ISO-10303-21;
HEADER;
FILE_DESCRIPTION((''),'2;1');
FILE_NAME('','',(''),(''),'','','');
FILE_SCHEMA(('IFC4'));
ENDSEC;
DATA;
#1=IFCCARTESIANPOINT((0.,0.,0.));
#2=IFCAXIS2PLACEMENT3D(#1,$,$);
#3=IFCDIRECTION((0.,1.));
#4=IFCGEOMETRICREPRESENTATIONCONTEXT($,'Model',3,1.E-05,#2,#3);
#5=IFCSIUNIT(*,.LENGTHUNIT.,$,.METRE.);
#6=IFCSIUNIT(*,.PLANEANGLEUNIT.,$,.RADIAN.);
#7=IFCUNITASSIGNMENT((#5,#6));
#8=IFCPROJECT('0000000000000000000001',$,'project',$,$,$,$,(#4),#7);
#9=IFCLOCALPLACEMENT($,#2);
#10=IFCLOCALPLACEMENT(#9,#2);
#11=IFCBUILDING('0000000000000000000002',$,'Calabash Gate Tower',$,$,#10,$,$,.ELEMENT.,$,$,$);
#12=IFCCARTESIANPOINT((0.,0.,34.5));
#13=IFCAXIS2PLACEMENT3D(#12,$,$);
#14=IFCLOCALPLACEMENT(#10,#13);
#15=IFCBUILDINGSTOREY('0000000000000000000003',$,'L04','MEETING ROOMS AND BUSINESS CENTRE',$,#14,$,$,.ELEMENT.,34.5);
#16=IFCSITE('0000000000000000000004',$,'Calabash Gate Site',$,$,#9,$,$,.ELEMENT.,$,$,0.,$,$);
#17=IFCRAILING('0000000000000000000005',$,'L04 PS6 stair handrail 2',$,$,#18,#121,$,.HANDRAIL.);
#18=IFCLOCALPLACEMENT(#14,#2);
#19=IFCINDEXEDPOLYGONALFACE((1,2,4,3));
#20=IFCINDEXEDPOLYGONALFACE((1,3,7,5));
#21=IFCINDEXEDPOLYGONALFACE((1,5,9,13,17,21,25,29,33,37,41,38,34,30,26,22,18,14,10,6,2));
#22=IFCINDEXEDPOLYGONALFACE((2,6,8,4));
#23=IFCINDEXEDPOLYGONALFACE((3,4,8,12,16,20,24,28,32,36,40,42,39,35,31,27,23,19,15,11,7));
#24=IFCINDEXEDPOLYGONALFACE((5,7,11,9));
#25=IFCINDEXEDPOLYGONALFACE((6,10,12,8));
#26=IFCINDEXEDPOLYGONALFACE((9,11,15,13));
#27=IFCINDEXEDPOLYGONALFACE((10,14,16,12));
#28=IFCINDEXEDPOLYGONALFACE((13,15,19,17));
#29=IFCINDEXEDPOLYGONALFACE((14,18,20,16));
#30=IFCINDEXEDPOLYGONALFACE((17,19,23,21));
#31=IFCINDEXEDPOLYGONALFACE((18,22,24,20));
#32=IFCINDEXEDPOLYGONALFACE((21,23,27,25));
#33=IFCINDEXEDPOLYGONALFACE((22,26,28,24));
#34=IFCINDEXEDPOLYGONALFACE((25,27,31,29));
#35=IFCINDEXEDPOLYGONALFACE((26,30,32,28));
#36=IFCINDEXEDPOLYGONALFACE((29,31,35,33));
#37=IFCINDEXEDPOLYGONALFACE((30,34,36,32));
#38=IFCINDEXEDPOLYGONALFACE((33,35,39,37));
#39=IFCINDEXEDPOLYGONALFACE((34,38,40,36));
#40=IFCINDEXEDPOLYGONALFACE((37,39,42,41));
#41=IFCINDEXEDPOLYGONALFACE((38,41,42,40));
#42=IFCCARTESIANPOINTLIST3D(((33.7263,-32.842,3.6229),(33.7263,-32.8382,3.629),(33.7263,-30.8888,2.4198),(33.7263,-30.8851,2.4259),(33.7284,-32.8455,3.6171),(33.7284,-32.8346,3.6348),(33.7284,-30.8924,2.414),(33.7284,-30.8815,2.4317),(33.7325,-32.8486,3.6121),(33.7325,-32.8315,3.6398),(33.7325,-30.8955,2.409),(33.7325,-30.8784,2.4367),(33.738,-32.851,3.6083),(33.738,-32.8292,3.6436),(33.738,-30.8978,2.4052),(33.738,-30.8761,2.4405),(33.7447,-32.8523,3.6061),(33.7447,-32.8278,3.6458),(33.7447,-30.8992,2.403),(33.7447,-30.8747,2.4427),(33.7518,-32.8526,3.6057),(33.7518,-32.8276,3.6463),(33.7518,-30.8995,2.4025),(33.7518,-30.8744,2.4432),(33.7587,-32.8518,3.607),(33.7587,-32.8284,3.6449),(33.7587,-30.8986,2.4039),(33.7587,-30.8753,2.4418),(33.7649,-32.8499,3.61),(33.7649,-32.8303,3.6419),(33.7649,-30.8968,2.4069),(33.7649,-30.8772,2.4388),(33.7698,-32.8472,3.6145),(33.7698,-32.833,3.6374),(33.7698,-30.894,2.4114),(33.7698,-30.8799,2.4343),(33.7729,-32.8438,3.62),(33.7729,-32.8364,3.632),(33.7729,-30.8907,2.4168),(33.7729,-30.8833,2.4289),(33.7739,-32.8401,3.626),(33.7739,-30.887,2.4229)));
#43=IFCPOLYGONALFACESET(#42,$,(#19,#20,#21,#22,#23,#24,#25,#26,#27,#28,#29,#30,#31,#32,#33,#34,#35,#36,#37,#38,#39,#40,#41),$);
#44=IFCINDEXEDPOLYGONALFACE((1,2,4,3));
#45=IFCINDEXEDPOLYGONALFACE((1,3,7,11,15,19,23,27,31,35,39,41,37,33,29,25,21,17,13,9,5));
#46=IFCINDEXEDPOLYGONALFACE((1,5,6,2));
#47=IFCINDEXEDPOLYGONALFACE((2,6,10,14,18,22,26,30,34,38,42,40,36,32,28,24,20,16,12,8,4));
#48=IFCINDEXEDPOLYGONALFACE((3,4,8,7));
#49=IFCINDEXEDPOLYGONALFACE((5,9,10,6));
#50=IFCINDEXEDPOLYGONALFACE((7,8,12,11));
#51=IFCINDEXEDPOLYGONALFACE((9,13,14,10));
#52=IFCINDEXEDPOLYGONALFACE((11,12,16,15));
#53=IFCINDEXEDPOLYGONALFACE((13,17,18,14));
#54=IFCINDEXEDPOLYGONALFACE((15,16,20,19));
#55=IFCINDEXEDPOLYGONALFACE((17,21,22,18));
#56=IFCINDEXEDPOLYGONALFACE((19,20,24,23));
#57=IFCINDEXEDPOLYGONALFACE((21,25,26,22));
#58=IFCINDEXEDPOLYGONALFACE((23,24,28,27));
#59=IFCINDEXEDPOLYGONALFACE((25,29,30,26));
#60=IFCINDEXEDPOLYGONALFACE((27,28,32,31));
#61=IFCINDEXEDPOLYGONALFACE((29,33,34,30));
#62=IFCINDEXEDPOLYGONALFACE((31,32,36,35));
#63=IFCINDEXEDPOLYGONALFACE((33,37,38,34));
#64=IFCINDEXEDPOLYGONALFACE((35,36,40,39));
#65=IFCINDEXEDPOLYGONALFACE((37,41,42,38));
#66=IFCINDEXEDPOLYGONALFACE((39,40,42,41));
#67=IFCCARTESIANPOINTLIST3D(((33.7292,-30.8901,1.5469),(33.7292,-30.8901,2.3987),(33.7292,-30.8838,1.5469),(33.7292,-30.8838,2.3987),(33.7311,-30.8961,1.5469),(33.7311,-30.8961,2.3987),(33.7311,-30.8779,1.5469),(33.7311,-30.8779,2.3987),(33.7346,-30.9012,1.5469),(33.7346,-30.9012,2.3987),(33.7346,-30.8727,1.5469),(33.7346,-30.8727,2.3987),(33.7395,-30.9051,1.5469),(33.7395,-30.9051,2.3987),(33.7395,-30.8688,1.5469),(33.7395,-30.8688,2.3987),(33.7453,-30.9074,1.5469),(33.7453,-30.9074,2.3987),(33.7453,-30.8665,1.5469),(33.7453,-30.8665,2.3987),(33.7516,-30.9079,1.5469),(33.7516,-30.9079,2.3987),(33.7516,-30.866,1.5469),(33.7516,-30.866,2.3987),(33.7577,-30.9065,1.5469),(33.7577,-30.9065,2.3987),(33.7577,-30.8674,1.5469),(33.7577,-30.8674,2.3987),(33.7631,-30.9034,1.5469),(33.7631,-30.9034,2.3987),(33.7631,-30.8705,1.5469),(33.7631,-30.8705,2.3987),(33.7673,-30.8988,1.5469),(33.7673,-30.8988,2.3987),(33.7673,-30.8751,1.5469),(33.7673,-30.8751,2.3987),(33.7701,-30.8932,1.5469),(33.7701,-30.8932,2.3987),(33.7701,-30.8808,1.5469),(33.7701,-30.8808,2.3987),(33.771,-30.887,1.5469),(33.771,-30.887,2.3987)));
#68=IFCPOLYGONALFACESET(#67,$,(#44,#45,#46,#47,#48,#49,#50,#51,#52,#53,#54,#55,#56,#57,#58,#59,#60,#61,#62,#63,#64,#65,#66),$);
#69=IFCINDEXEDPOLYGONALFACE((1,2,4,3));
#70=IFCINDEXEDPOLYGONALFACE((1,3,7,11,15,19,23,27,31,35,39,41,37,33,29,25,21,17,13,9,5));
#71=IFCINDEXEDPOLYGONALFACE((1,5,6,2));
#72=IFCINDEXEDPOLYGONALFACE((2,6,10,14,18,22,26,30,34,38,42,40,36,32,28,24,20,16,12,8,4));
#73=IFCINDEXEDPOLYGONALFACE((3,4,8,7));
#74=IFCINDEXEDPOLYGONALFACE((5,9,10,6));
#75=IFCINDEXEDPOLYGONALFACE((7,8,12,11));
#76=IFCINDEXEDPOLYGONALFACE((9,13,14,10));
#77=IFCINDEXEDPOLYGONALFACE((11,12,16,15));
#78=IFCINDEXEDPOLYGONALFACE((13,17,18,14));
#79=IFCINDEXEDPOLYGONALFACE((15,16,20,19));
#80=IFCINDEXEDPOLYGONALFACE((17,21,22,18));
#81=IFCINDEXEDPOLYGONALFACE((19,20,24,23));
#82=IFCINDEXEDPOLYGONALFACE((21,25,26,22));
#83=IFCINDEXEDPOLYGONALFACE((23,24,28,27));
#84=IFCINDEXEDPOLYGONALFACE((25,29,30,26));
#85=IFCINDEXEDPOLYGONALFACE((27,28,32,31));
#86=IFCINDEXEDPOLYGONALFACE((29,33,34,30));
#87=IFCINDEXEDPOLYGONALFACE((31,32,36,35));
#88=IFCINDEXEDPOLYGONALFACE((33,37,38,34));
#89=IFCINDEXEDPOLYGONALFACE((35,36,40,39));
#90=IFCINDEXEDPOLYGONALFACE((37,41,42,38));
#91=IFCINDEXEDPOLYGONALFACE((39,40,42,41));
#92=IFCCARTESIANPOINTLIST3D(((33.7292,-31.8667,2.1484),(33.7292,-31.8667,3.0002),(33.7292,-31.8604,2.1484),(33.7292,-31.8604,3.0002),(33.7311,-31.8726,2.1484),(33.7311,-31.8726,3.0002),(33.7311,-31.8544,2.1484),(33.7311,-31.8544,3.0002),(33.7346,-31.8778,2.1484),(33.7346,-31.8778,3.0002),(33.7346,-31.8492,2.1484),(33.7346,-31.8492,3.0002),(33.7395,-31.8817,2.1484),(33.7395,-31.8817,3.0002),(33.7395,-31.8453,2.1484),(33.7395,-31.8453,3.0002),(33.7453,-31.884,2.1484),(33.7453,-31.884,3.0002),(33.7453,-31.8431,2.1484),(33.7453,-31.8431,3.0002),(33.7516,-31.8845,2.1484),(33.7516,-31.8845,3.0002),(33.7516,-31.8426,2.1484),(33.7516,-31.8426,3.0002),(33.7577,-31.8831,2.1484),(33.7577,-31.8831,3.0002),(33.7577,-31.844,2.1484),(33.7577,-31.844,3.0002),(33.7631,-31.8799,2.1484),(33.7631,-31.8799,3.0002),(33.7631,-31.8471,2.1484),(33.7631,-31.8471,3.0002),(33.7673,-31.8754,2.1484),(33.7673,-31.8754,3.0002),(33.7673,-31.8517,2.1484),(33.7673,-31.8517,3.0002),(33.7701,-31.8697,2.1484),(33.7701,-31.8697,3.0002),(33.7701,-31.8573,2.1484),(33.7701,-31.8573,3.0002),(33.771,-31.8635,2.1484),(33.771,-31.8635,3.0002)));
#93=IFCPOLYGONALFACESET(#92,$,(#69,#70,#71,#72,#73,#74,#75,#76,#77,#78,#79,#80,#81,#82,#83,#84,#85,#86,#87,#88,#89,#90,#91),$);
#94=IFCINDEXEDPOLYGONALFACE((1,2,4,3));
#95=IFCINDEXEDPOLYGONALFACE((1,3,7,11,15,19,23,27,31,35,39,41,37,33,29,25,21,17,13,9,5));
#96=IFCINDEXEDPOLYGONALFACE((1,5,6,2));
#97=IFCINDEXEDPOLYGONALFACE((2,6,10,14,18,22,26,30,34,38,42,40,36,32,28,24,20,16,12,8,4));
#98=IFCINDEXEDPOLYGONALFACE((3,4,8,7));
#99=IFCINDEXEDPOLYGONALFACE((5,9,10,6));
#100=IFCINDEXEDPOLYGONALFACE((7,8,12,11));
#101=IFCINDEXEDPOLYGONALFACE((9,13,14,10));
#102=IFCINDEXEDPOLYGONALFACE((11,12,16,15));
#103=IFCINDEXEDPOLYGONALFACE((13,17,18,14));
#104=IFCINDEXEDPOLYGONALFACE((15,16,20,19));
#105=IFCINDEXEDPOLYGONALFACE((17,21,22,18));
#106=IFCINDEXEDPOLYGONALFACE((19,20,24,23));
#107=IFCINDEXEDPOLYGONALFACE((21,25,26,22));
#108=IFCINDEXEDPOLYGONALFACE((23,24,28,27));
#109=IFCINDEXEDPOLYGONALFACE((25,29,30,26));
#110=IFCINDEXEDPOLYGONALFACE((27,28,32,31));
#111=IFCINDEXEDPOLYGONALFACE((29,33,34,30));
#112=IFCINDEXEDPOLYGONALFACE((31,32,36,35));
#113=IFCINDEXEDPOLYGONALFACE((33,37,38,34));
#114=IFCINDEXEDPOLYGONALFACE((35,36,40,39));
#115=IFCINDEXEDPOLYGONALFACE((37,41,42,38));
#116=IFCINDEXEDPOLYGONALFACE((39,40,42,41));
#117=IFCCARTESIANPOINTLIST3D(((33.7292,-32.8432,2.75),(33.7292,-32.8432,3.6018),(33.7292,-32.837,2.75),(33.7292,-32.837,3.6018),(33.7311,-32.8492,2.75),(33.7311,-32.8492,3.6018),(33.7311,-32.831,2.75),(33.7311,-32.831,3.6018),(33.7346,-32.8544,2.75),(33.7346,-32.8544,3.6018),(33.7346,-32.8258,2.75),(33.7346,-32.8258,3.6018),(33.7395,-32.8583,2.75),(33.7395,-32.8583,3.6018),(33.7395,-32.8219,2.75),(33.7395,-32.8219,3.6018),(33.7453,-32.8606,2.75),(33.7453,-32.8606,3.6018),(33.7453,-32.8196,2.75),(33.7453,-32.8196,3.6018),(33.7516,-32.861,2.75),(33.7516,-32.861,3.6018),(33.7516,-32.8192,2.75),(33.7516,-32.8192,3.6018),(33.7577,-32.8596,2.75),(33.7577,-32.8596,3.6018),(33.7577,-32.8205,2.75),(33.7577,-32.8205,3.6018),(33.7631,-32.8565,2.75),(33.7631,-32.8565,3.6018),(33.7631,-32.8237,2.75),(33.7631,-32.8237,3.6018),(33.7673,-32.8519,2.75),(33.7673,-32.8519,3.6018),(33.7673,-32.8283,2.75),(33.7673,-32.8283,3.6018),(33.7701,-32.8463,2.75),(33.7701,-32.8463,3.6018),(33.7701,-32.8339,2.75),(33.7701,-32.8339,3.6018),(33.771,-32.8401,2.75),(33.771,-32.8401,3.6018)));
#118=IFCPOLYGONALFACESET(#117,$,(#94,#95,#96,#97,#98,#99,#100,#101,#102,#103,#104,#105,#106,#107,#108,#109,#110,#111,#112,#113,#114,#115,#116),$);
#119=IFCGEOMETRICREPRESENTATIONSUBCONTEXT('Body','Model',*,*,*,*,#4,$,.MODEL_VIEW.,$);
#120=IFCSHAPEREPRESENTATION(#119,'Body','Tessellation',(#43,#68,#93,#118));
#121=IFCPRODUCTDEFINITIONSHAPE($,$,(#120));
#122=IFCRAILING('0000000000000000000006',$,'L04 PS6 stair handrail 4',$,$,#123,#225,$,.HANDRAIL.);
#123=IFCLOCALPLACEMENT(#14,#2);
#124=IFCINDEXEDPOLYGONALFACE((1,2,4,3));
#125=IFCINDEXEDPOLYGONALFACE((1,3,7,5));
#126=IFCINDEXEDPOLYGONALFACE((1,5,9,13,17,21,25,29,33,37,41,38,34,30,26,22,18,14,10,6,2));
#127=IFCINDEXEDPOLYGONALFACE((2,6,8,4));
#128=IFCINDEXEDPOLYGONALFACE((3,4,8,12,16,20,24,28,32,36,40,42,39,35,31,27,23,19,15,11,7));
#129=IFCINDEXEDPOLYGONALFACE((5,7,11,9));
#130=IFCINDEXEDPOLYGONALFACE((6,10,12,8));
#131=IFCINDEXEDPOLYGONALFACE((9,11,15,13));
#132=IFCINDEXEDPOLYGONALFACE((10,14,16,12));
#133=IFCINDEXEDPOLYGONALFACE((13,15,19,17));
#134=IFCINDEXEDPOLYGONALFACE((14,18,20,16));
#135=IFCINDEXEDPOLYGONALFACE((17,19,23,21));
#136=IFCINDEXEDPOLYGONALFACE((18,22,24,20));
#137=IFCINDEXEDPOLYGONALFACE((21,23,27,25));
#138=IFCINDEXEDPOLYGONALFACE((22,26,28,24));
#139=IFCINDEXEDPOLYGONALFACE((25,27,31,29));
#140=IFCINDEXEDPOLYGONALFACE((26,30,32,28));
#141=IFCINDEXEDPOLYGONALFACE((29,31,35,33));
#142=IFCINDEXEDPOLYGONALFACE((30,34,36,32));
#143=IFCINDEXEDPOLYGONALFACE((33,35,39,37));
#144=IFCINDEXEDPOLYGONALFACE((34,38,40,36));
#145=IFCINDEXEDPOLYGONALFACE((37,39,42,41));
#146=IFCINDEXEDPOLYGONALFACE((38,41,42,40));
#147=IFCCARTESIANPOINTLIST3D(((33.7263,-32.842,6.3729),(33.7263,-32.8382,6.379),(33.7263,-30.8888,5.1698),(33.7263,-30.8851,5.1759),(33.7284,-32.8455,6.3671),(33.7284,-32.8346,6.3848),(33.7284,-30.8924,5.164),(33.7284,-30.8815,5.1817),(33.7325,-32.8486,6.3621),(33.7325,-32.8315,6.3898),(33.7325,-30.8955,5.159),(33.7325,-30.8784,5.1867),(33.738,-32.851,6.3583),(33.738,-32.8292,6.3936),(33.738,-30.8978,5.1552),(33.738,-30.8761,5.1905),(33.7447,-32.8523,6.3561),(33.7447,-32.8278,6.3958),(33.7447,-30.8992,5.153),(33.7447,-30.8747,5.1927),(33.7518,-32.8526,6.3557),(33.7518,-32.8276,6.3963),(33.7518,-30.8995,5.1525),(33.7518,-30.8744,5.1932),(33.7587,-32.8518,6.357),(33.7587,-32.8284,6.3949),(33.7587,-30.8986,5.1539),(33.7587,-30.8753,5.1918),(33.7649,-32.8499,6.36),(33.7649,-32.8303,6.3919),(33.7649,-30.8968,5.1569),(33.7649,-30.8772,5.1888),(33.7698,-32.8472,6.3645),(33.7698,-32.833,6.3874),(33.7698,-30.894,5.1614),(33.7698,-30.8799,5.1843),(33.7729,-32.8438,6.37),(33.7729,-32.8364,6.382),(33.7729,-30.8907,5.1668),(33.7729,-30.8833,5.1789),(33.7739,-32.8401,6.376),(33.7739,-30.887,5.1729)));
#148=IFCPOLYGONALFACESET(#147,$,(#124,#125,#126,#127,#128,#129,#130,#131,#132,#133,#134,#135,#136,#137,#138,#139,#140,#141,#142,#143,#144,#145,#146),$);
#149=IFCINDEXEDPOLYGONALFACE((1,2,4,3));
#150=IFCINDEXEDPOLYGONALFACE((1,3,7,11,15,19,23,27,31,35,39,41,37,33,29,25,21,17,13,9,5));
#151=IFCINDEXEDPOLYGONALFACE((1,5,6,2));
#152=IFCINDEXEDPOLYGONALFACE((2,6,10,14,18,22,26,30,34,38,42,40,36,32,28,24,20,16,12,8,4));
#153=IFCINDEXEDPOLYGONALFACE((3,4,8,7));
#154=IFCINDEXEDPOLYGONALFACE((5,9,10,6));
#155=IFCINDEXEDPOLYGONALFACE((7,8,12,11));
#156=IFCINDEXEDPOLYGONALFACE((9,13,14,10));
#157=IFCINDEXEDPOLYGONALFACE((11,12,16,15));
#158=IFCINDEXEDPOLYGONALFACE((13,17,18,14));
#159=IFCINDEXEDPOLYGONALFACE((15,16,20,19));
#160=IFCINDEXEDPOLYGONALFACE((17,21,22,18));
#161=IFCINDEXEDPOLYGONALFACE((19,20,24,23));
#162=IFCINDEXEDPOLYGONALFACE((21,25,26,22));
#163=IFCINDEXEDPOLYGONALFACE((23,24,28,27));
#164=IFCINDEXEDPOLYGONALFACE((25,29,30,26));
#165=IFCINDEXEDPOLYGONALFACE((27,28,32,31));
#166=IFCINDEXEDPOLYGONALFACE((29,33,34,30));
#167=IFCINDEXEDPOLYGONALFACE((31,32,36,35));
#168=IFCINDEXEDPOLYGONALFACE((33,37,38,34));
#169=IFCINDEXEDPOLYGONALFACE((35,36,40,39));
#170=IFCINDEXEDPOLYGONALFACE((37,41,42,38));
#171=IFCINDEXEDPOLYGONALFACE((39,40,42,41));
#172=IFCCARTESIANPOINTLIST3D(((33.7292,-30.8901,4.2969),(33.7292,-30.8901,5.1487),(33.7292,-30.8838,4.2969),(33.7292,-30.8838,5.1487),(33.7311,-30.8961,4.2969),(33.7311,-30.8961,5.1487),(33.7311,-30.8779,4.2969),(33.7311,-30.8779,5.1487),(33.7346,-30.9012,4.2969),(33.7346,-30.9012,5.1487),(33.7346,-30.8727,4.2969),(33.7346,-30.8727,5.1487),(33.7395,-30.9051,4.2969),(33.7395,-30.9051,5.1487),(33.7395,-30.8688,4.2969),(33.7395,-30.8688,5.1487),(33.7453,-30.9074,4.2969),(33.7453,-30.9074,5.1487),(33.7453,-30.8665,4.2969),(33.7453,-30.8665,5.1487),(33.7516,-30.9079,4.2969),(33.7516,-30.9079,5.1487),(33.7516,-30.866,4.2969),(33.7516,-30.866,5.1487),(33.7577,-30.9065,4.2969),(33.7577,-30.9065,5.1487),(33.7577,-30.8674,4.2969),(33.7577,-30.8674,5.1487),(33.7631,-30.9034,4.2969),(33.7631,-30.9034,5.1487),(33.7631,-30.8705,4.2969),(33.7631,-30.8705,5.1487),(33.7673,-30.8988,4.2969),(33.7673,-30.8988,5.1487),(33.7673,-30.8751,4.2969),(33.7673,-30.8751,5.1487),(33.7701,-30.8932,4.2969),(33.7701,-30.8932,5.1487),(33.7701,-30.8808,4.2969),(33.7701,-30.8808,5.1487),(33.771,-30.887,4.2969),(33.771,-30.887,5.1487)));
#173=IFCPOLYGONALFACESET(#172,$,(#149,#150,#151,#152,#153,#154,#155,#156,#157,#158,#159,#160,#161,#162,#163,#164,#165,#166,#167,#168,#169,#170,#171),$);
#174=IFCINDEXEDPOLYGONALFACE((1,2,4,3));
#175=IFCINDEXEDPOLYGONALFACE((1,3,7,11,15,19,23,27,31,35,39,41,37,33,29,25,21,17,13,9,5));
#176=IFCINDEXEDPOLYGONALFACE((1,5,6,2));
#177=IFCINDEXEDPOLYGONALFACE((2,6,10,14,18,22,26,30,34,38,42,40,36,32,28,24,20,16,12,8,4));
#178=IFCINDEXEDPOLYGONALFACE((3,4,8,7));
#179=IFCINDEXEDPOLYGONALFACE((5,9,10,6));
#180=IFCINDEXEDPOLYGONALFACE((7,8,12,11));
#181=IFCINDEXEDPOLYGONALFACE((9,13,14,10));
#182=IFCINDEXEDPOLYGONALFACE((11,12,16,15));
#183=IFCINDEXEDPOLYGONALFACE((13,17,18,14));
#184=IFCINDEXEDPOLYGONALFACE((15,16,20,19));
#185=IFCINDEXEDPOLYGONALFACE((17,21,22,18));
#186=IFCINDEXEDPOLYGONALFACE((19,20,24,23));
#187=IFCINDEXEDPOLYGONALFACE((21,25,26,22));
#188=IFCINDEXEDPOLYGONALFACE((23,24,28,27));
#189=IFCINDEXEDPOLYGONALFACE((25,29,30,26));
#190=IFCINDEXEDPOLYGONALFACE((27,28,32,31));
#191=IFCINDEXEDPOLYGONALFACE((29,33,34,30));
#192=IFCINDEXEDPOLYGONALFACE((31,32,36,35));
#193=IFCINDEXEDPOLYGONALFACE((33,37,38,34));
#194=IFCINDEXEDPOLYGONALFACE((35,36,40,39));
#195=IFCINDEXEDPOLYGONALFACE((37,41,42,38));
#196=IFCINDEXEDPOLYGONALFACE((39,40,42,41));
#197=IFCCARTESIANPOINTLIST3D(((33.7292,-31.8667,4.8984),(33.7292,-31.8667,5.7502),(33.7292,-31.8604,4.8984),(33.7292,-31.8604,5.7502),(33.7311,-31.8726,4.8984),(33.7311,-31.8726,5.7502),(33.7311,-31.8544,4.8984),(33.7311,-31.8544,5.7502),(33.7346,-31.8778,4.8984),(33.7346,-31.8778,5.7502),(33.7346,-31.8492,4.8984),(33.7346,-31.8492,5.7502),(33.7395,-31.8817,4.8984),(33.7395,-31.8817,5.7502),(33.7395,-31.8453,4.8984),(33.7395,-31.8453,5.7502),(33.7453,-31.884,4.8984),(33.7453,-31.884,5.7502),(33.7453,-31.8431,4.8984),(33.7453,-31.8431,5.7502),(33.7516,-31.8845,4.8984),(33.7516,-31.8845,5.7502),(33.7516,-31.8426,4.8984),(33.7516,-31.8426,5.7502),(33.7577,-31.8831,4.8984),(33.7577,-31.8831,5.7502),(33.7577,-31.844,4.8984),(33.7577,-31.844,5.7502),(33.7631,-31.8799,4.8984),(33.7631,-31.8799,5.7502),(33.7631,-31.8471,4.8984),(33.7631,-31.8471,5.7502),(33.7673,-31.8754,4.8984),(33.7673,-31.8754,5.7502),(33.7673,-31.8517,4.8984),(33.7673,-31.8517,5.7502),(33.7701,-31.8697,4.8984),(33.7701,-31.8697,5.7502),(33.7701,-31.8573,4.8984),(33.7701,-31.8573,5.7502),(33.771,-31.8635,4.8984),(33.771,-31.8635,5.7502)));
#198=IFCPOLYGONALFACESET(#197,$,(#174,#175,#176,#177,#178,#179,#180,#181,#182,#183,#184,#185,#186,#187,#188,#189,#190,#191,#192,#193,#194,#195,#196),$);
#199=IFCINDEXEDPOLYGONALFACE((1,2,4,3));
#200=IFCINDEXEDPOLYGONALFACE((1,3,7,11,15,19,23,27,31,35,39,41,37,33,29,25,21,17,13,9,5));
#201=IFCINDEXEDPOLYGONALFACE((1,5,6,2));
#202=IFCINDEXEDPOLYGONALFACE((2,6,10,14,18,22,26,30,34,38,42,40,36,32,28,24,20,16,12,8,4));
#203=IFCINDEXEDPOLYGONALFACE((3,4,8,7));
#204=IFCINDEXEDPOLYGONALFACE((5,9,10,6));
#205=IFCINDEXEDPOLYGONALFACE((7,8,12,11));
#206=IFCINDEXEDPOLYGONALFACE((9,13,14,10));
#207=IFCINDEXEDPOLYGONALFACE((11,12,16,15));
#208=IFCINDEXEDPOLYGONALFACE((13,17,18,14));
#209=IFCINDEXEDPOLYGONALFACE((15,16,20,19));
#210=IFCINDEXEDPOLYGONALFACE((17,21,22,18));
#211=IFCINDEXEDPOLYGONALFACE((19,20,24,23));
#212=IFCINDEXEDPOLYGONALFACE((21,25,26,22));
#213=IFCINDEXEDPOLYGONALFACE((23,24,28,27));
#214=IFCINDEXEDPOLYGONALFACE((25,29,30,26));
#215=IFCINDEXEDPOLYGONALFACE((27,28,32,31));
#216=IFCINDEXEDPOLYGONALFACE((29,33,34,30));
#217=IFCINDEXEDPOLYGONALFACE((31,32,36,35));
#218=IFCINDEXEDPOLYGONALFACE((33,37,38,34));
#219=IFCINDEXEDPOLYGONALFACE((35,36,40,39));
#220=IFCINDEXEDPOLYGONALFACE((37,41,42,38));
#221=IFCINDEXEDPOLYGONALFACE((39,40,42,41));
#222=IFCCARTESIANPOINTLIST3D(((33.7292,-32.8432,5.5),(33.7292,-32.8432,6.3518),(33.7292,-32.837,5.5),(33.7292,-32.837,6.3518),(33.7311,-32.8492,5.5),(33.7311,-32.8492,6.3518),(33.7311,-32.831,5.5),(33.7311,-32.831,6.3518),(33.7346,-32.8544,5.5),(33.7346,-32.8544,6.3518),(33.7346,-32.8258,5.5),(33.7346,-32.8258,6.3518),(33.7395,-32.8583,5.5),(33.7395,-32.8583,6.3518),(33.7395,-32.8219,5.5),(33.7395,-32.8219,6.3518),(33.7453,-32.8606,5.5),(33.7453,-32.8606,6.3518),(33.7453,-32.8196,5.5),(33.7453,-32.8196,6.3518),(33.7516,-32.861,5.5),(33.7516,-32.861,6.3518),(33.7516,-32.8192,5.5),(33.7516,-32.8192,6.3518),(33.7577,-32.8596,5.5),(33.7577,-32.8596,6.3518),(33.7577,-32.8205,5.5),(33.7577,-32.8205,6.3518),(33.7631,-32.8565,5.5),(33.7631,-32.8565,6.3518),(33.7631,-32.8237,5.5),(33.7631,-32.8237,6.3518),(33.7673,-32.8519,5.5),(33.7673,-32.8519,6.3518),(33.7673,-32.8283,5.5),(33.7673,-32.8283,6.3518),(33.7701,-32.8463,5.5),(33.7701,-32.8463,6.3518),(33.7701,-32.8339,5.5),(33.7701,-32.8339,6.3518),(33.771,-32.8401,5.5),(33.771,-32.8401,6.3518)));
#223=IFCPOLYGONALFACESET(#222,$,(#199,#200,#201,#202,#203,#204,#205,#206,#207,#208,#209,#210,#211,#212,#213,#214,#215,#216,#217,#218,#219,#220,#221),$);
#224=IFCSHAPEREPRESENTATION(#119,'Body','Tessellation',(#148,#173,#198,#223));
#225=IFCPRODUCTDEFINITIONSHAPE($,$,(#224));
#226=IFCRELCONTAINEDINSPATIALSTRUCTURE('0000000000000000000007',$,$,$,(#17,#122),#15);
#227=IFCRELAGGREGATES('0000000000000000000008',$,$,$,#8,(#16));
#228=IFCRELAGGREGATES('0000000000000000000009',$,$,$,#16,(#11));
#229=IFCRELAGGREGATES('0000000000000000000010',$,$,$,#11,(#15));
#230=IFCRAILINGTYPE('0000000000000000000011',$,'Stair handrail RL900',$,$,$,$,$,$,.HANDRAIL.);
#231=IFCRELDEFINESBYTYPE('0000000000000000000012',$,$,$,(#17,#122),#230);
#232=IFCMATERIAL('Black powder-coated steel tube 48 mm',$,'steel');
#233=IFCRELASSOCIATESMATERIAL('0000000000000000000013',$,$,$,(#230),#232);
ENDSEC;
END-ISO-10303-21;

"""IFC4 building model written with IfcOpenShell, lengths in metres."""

from ifc_helpers import new_model, si_unit, direction, frame, origin, origin_2d, place, context, subcontext, project, spatial, circle, extrude, material, type_object, element, save


model = new_model("IFC4")

# Units and contexts
model_context = context("Model", 3, precision=1e-05, world=origin(), true_north=direction((0.0, 1.0)))
body_context = subcontext(model_context, "Body", "Model", "MODEL_VIEW")
ifc_project = project(units=[si_unit("LENGTHUNIT", "METRE"), si_unit("PLANEANGLEUNIT", "RADIAN")], contexts=[model_context])

# Site, building, storey
site_placement = place(None, origin())
site = spatial("IfcSite", under=ifc_project, at=site_placement, Name="Calabash Gate Site", CompositionType="ELEMENT", RefElevation=0.0)
building_placement = place(site_placement, origin())
building = spatial("IfcBuilding", under=site, at=building_placement, Name="Calabash Gate Tower", CompositionType="ELEMENT")
storey_placement = place(building_placement, frame((0.0, 0.0, 34.5)))
storey = spatial("IfcBuildingStorey", under=building, at=storey_placement, Name="L04", Description="MEETING ROOMS AND BUSINESS CENTRE", CompositionType="ELEMENT", Elevation=34.5)

# Railings
ifc_material_1 = material(Name="Black powder-coated steel tube 48 mm", Category="steel")
railing_type_1 = type_object("IfcRailingType", Name="Stair handrail RL900", PredefinedType="HANDRAIL", material=ifc_material_1)
for number, where, name in (
    (1, (33.75, -30.887, 1.5469), "L04 PS6 stair handrail 2"),
    (2, (33.75, -30.887, 4.2969), "L04 PS6 stair handrail 4"),
):
    element("IfcRailing", number, at=place(storey_placement, frame(where)), inside=storey, type_object=railing_type_1, Name=name, PredefinedType="HANDRAIL", context=body_context, shape_type="SweptSolid", body=[
        extrude(circle(Radius=0.0239, at=origin_2d()), frame((0.0, 0.0, 0.876), z_axis=(0.0, -0.851424, 0.524477), x_axis=(1.0, 0.0, 0.0)), (0.0, 0.0, 1.0), 2.2939),
        extrude(circle(Radius=0.021, at=origin_2d()), origin(), (0.0, 0.0, 1.0), 0.8518),
        extrude(circle(Radius=0.021, at=origin_2d()), frame((0.0, -0.9766, 0.6016)), (0.0, 0.0, 1.0), 0.8518),
        extrude(circle(Radius=0.021, at=origin_2d()), frame((0.0, -1.9531, 1.2031)), (0.0, 0.0, 1.0), 0.8518),
    ])

save(model, "model.ifc")
